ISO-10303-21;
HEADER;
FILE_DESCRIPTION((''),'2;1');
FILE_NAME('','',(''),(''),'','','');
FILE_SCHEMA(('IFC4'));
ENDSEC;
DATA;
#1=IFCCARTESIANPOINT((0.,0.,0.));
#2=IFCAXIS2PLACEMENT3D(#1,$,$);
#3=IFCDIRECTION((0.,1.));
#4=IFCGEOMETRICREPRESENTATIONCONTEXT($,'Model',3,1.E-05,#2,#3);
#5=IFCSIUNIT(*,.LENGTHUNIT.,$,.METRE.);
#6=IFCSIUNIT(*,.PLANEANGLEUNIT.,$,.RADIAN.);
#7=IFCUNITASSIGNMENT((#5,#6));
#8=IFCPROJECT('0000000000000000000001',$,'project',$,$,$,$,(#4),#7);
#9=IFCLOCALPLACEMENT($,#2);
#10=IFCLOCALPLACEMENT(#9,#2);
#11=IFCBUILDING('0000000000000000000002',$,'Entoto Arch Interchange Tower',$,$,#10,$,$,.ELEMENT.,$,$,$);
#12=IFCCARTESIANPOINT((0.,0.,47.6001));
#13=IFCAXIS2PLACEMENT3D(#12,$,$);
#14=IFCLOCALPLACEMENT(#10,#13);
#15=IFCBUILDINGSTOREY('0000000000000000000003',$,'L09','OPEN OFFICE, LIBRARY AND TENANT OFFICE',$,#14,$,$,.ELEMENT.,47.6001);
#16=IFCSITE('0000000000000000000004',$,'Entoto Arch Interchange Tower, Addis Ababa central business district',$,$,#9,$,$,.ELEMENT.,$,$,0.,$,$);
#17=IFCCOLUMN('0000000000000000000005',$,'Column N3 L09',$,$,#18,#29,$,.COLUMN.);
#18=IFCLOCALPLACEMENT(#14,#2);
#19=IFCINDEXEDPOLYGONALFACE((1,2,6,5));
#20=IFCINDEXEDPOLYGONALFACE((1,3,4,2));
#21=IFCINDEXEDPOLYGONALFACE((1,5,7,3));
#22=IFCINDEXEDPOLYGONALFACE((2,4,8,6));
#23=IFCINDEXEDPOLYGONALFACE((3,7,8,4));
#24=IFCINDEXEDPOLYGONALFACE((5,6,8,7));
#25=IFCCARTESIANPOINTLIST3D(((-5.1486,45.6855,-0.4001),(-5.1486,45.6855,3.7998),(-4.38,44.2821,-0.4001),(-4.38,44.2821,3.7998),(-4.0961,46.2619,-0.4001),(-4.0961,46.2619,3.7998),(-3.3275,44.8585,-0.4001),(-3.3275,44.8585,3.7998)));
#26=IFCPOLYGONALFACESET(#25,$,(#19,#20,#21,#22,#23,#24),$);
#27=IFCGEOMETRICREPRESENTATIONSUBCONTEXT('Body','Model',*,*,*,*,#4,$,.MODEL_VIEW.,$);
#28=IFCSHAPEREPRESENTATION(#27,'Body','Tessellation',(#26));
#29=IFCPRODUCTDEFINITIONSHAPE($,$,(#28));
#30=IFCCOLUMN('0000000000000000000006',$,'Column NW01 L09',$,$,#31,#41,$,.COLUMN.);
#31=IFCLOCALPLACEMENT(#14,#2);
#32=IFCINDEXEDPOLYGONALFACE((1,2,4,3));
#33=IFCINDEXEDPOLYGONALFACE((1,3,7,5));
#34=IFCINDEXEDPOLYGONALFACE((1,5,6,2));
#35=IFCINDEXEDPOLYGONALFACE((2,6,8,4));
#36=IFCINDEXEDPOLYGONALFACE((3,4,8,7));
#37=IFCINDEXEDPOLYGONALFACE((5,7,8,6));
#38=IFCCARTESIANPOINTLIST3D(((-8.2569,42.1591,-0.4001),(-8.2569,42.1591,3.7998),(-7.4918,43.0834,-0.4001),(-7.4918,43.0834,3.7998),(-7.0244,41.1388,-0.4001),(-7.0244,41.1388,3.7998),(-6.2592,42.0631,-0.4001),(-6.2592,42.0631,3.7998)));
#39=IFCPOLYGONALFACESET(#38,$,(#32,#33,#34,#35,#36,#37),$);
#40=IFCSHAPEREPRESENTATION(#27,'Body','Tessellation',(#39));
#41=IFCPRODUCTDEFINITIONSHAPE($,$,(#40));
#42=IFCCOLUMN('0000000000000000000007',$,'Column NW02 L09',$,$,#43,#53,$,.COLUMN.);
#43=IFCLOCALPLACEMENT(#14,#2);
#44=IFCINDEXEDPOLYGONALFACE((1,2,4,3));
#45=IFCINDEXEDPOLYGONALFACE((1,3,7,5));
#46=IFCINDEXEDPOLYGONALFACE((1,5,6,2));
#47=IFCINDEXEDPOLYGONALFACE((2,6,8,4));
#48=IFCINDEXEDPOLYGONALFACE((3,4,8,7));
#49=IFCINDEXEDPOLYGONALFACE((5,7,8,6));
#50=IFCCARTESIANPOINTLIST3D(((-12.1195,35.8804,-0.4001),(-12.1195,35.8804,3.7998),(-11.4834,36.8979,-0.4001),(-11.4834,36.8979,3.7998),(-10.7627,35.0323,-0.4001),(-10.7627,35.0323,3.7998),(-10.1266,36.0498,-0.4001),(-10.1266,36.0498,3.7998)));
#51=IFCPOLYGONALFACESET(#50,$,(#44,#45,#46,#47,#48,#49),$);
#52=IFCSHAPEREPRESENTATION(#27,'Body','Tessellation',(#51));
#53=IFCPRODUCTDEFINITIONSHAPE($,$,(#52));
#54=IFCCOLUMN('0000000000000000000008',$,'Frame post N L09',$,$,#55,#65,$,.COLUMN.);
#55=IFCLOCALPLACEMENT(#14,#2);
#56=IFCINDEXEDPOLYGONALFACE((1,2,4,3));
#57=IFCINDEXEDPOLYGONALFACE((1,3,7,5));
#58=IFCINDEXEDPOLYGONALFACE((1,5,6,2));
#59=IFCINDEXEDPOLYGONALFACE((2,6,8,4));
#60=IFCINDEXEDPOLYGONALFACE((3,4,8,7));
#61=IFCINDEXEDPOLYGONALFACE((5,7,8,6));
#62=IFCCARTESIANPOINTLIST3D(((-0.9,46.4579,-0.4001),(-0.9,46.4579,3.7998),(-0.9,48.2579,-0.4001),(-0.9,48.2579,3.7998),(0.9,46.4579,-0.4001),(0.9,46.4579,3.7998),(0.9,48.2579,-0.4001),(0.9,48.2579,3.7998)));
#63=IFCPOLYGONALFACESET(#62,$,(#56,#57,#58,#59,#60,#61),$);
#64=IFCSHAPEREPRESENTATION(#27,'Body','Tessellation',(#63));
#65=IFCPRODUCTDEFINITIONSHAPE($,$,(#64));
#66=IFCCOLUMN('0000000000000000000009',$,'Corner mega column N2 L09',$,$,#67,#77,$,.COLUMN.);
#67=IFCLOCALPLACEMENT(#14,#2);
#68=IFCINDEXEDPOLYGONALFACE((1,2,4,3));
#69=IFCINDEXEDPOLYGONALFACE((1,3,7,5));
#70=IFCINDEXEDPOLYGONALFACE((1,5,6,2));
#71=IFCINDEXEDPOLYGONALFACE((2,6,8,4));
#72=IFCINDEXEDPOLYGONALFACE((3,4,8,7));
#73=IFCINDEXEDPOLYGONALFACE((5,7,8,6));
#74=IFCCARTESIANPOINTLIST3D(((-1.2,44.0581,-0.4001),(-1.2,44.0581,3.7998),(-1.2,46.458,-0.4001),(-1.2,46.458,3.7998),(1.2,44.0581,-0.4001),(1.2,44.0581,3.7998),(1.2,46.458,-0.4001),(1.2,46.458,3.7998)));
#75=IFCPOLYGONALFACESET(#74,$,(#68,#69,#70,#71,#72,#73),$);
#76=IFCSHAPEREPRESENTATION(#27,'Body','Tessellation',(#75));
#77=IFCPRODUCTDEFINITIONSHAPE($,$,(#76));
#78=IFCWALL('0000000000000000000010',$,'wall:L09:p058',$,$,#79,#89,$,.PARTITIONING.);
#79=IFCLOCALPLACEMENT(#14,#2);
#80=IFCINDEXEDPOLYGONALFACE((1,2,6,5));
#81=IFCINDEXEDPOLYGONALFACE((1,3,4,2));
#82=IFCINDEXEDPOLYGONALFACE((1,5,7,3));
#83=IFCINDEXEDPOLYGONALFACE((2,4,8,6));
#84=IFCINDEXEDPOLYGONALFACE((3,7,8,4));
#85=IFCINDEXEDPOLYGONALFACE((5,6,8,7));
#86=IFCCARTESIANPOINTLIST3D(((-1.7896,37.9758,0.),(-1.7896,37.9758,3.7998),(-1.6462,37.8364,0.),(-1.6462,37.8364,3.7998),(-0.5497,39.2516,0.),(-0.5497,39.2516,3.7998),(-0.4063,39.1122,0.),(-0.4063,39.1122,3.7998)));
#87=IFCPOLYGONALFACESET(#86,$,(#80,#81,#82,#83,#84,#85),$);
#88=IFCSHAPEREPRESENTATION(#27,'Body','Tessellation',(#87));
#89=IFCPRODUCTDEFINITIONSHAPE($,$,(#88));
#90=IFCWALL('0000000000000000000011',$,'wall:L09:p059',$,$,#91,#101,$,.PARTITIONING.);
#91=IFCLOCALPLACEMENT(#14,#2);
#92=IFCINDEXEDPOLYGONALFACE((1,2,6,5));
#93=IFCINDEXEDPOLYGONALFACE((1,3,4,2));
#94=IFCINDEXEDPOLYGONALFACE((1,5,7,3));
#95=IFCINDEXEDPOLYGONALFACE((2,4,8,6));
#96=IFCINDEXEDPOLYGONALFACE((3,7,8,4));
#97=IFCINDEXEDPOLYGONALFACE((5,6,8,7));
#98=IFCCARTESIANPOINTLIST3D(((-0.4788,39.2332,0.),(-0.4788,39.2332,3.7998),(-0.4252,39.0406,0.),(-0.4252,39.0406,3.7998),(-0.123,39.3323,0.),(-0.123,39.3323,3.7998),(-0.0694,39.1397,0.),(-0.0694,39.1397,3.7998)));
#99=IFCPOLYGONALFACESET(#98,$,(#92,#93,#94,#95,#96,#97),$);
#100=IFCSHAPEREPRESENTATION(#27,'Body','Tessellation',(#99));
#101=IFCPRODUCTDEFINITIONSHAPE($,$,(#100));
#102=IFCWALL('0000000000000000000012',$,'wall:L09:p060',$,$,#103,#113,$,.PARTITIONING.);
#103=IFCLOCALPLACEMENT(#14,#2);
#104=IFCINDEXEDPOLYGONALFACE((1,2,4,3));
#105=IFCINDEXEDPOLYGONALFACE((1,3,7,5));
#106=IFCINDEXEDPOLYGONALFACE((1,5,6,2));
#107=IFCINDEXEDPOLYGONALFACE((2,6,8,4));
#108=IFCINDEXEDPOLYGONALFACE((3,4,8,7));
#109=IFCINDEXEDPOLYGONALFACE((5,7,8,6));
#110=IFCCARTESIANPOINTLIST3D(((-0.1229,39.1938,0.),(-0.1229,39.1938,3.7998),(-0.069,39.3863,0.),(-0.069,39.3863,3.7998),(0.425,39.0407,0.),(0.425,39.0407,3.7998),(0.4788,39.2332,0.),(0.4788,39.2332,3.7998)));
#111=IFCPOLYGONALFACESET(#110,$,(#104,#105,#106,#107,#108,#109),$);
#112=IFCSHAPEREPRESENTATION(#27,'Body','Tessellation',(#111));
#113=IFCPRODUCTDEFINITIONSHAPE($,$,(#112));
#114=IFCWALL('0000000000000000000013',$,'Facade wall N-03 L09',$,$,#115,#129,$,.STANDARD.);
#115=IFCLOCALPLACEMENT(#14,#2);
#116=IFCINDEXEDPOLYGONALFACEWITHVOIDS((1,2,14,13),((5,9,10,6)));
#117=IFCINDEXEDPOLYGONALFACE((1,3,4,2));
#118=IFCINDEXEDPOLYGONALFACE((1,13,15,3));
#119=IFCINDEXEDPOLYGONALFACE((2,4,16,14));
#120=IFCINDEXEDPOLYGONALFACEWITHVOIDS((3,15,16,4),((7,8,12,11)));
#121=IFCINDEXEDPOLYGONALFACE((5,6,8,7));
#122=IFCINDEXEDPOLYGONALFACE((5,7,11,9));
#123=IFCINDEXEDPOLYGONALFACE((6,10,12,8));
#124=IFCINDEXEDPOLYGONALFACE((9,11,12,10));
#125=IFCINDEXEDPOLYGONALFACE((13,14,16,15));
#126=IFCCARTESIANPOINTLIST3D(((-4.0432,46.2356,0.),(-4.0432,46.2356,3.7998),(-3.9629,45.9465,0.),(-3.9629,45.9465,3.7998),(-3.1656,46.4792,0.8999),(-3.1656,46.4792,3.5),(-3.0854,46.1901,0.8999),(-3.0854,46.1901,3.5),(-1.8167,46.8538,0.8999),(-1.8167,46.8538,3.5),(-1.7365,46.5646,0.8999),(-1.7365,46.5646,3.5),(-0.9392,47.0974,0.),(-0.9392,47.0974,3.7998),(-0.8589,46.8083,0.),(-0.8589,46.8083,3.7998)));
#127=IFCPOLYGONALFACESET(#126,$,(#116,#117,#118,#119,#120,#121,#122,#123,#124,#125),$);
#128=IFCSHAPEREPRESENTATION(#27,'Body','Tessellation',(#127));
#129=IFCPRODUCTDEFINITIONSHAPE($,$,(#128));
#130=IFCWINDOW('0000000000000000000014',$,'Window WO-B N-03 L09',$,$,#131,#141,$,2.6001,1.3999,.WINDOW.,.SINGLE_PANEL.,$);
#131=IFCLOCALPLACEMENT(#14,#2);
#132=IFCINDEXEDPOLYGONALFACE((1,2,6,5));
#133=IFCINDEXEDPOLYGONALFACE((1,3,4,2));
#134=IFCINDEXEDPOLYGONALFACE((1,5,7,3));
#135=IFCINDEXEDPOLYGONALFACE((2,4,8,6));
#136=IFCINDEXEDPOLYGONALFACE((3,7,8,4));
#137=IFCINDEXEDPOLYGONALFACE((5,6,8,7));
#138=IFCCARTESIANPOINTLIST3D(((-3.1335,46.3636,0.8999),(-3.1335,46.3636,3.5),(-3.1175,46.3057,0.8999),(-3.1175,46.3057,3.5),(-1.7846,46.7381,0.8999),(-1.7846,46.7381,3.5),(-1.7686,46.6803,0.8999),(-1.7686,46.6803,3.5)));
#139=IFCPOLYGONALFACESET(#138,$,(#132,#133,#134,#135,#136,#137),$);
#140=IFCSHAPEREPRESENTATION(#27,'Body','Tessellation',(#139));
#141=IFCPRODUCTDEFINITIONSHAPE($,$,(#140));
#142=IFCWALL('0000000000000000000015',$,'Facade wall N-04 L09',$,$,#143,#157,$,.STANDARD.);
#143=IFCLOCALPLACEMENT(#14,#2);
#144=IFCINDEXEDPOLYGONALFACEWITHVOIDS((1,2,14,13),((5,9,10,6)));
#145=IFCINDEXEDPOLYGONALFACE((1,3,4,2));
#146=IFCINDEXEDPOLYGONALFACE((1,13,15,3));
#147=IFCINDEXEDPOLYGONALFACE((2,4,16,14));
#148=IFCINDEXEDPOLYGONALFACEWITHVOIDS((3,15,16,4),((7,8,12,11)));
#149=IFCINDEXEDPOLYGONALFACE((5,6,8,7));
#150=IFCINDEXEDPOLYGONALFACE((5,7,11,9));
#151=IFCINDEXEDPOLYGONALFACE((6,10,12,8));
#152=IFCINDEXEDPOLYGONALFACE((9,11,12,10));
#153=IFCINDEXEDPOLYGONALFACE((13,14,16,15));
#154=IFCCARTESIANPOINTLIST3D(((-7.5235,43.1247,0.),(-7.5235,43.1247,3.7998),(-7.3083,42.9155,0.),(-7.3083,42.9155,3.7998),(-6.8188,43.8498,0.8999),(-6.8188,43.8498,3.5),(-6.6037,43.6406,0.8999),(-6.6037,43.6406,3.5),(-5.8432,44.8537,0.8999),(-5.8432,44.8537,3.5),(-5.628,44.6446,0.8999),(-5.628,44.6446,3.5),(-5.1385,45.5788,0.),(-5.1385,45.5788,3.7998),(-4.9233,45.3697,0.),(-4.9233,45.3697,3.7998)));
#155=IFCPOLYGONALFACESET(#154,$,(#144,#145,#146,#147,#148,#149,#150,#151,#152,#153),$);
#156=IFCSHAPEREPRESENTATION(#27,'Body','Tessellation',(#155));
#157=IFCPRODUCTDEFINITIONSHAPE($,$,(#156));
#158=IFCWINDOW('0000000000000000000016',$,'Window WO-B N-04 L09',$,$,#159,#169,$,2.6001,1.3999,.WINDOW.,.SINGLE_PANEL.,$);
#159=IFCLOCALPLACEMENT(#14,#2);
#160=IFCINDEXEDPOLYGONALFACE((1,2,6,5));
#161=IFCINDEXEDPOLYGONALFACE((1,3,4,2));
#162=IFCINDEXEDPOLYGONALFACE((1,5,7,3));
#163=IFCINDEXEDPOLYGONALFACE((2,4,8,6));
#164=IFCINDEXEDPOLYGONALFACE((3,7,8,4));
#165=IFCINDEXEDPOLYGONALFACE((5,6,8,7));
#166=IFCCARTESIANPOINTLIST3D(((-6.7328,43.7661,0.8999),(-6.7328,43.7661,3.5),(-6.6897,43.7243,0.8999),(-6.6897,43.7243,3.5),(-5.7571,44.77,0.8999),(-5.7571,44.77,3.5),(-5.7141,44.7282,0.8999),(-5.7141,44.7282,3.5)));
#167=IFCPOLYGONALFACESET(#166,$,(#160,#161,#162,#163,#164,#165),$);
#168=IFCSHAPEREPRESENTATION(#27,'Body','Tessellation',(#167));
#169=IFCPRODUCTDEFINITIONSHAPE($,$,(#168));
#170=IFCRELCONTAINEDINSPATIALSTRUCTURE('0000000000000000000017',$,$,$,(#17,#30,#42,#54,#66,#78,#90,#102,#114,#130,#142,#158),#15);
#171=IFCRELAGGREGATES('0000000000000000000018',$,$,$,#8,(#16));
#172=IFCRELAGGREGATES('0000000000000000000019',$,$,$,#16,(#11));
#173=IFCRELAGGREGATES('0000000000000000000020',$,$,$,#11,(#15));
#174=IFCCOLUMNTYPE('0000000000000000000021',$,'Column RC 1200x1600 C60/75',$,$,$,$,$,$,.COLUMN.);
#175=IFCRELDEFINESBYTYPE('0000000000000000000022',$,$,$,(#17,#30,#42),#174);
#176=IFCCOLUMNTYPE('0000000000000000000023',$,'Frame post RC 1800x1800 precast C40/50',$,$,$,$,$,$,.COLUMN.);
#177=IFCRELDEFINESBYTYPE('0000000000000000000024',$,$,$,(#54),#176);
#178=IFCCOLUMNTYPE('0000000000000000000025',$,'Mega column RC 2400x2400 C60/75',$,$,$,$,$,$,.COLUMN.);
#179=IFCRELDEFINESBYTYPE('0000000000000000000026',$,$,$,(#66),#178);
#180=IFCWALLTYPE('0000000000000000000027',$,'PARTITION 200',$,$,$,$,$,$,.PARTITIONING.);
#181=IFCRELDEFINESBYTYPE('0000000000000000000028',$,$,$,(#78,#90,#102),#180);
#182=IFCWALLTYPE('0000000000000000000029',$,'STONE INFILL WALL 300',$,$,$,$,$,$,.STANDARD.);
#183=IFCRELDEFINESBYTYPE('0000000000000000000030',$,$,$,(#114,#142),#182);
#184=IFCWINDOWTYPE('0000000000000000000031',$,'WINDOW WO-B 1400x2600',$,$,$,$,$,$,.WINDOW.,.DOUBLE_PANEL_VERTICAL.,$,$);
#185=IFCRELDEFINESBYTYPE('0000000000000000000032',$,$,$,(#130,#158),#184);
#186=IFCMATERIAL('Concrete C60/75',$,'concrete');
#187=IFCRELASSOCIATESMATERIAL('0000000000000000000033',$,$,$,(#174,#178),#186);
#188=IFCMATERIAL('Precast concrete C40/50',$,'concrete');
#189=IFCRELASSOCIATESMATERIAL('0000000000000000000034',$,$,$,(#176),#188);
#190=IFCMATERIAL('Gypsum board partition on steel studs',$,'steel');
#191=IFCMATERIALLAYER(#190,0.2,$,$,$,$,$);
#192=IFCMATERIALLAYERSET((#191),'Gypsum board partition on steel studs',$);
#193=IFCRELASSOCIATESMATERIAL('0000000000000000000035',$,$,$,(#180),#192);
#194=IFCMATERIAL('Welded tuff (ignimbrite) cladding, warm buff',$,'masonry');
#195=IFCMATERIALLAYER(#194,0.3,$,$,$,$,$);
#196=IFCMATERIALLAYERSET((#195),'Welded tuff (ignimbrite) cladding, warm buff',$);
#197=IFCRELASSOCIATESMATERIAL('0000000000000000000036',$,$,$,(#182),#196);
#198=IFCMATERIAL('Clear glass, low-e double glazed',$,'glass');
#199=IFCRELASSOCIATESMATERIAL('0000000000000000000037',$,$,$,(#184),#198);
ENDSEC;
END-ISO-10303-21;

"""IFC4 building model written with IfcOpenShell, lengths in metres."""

from ifc_helpers import new_model, si_unit, direction, frame, frame_2d, origin, origin_2d, place, context, subcontext, project, spatial, rectangle, extrude, material, layer, layer_set, material_profile, profile_set, type_object, element, fill, save


model = new_model("IFC4")

# Units and contexts
model_context = context("Model", 3, precision=1e-05, world=origin(), true_north=direction((0.0, 1.0)))
body_context = subcontext(model_context, "Body", "Model", "MODEL_VIEW")
ifc_project = project(units=[si_unit("LENGTHUNIT", "METRE"), si_unit("PLANEANGLEUNIT", "RADIAN")], contexts=[model_context])

# Site, building, storey
site_placement = place(None, origin())
site = spatial("IfcSite", under=ifc_project, at=site_placement, Name="Entoto Arch Interchange Tower, Addis Ababa central business district", CompositionType="ELEMENT", RefElevation=0.0)
building_placement = place(site_placement, origin())
building = spatial("IfcBuilding", under=site, at=building_placement, Name="Entoto Arch Interchange Tower", CompositionType="ELEMENT")
storey_placement = place(building_placement, frame((0.0, 0.0, 47.6001)))
storey = spatial("IfcBuildingStorey", under=building, at=storey_placement, Name="L09", Description="OPEN OFFICE, LIBRARY AND TENANT OFFICE", CompositionType="ELEMENT", Elevation=47.6001)

# Columns
ifc_material_1 = material(Name="Concrete C60/75", Category="concrete")
ifc_material_profile_1 = material_profile(ifc_material_1, rectangle(XDim=1.2, YDim=1.6001, at=origin_2d()))
ifc_profile_set_1 = profile_set([ifc_material_profile_1], Name="Concrete C60/75")
column_type_1 = type_object("IfcColumnType", Name="Column RC 1200x1600 C60/75", PredefinedType="COLUMN", material=ifc_profile_set_1)
for number, where, z_axis, x_axis, name in (
    (1, (-4.238, 45.272, -0.4001), (0.0, 0.0, 1.0), (0.877079, 0.480346, 0.0), "Column N3 L09"),
    (2, (-7.2581, 42.1111, -0.4001), (0.0, 0.0, 1.0), (0.637666, 0.770313, 0.0), "Column NW01 L09"),
    (3, (-11.123, 35.9651, -0.4001), (0.0, 0.0, 1.0), (0.530067, 0.847956, 0.0), "Column NW02 L09"),
):
    element("IfcColumn", number, at=place(storey_placement, frame(where, z_axis=z_axis, x_axis=x_axis)), inside=storey, type_object=column_type_1, Name=name, PredefinedType="COLUMN", context=body_context, shape_type="SweptSolid", body=[
        extrude(rectangle(XDim=1.2, YDim=1.6001, at=origin_2d()), origin(), (0.0, 0.0, 1.0), 4.2),
    ])
ifc_material_2 = material(Name="Precast concrete C40/50", Category="concrete")
ifc_material_profile_2 = material_profile(ifc_material_2, rectangle(XDim=1.8, YDim=1.8, at=origin_2d()))
ifc_profile_set_2 = profile_set([ifc_material_profile_2], Name="Precast concrete C40/50")
column_type_2 = type_object("IfcColumnType", Name="Frame post RC 1800x1800 precast C40/50", PredefinedType="COLUMN", material=ifc_profile_set_2)
column_1_placement = place(storey_placement, frame((0.0, 47.3579, -0.4001), z_axis=(0.0, 0.0, 1.0), x_axis=(0.0, 1.0, 0.0)))
element("IfcColumn", 4, at=column_1_placement, inside=storey, type_object=column_type_2, Name="Frame post N L09", PredefinedType="COLUMN", context=body_context, shape_type="SweptSolid", body=[
    extrude(rectangle(XDim=1.8, YDim=1.8, at=origin_2d()), origin(), (0.0, 0.0, 1.0), 4.2),
])
ifc_material_profile_3 = material_profile(ifc_material_1, rectangle(XDim=2.3999, YDim=2.3999, at=origin_2d()))
ifc_profile_set_3 = profile_set([ifc_material_profile_3], Name="Concrete C60/75")
column_type_3 = type_object("IfcColumnType", Name="Mega column RC 2400x2400 C60/75", PredefinedType="COLUMN", material=ifc_profile_set_3)
column_2_placement = place(storey_placement, frame((0.0, 45.2581, -0.4001), z_axis=(0.0, 0.0, 1.0), x_axis=(0.0, 1.0, 0.0)))
element("IfcColumn", 5, at=column_2_placement, inside=storey, type_object=column_type_3, Name="Corner mega column N2 L09", PredefinedType="COLUMN", context=body_context, shape_type="SweptSolid", body=[
    extrude(rectangle(XDim=2.3999, YDim=2.3999, at=origin_2d()), origin(), (0.0, 0.0, 1.0), 4.2),
])

# Walls
ifc_material_3 = material(Name="Gypsum board partition on steel studs", Category="steel")
ifc_layer_1 = layer(ifc_material_3, 0.2)
ifc_layer_set_1 = layer_set([ifc_layer_1], Name="Gypsum board partition on steel studs")
wall_type_1 = type_object("IfcWallType", Name="PARTITION 200", PredefinedType="PARTITIONING", material=ifc_layer_set_1)
wall_1_placement = place(storey_placement, frame((-1.718, 37.906, 0.0), z_axis=(0.0, 0.0, 1.0), x_axis=(0.696949, 0.717121, 0.0)))
element("IfcWall", 6, at=wall_1_placement, inside=storey, type_object=wall_type_1, Name="wall:L09:p058", PredefinedType="PARTITIONING", context=body_context, shape_type="SweptSolid", body=[
    extrude(rectangle(XDim=1.7791, YDim=0.2, at=frame_2d((0.8896, 0.0))), origin(), (0.0, 0.0, 1.0), 3.7998),
])
wall_2_placement = place(storey_placement, frame((-0.4519, 39.137, 0.0), z_axis=(0.0, 0.0, 1.0), x_axis=(0.963347, 0.268257, 0.0)))
element("IfcWall", 7, at=wall_2_placement, inside=storey, type_object=wall_type_1, Name="wall:L09:p059", PredefinedType="PARTITIONING", context=body_context, shape_type="SweptSolid", body=[
    extrude(rectangle(XDim=0.3694, YDim=0.2, at=frame_2d((0.1846, 0.0))), origin(), (0.0, 0.0, 1.0), 3.7998),
])
wall_3_placement = place(storey_placement, frame((-0.0959, 39.29, 0.0), z_axis=(0.0, 0.0, 1.0), x_axis=(0.963111, -0.269105, 0.0)))
element("IfcWall", 8, at=wall_3_placement, inside=storey, type_object=wall_type_1, Name="wall:L09:p060", PredefinedType="PARTITIONING", context=body_context, shape_type="SweptSolid", body=[
    extrude(rectangle(XDim=0.5688, YDim=0.2, at=frame_2d((0.2844, 0.0))), origin(), (0.0, 0.0, 1.0), 3.7998),
])

# Walls, openings, windows
ifc_material_4 = material(Name="Welded tuff (ignimbrite) cladding, warm buff", Category="masonry")
ifc_layer_2 = layer(ifc_material_4, 0.3)
ifc_layer_set_2 = layer_set([ifc_layer_2], Name="Welded tuff (ignimbrite) cladding, warm buff")
wall_type_2 = type_object("IfcWallType", Name="STONE INFILL WALL 300", PredefinedType="STANDARD", material=ifc_layer_set_2)
wall_4_placement = place(storey_placement, frame((-0.8989, 46.9529, 0.0), z_axis=(0.0, 0.0, 1.0), x_axis=(-0.96355, -0.267527, 0.0)))
wall_4 = element("IfcWall", 9, at=wall_4_placement, inside=storey, type_object=wall_type_2, Name="Facade wall N-03 L09", PredefinedType="STANDARD", context=body_context, shape_type="SweptSolid", body=[
    extrude(rectangle(XDim=3.2214, YDim=0.3, at=frame_2d((1.6108, 0.0))), origin(), (0.0, 0.0, 1.0), 3.7998),
])
opening_1_placement = place(wall_4_placement, frame((0.9109, 0.0, 0.8999)))
opening_1 = element("IfcOpeningElement", 10, at=opening_1_placement, cuts=wall_4, PredefinedType="OPENING", context=body_context, shape_type="SweptSolid", body=[
    extrude(rectangle(XDim=1.3999, YDim=2.6001, at=frame_2d((0.7, 1.3))), frame((0.0, 0.1602, 0.0), z_axis=(0.0, -1.0, 0.0), x_axis=(1.0, 0.0, 0.0)), (0.0, 0.0, 1.0), 0.3201),
])
ifc_material_5 = material(Name="Clear glass, low-e double glazed", Category="glass")
window_type_1 = type_object("IfcWindowType", Name="WINDOW WO-B 1400x2600", PartitioningType="DOUBLE_PANEL_VERTICAL", PredefinedType="WINDOW", material=ifc_material_5)
window_1_placement = place(opening_1_placement, origin())
window_1 = element("IfcWindow", 11, at=window_1_placement, inside=storey, type_object=window_type_1, Name="Window WO-B N-03 L09", OverallHeight=2.6001, OverallWidth=1.3999, PartitioningType="SINGLE_PANEL", PredefinedType="WINDOW", context=body_context, shape_type="SweptSolid", body=[
    extrude(rectangle(XDim=1.3999, YDim=2.6001, at=frame_2d((0.7, 1.3))), frame((0.0, 0.03, 0.0), z_axis=(0.0, -1.0, 0.0), x_axis=(1.0, 0.0, 0.0)), (0.0, 0.0, 1.0), 0.0601),
])
fill(opening_1, window_1)
wall_5_placement = place(storey_placement, frame((-5.031, 45.4741, 0.0), z_axis=(0.0, 0.0, 1.0), x_axis=(-0.69694, -0.71713, 0.0)))
wall_5 = element("IfcWall", 12, at=wall_5_placement, inside=storey, type_object=wall_type_2, Name="Facade wall N-04 L09", PredefinedType="STANDARD", context=body_context, shape_type="SweptSolid", body=[
    extrude(rectangle(XDim=3.4221, YDim=0.3, at=frame_2d((1.7109, 0.0))), origin(), (0.0, 0.0, 1.0), 3.7998),
])
opening_2_placement = place(wall_5_placement, frame((1.011, 0.0, 0.8999)))
opening_2 = element("IfcOpeningElement", 13, at=opening_2_placement, cuts=wall_5, PredefinedType="OPENING", context=body_context, shape_type="SweptSolid", body=[
    extrude(rectangle(XDim=1.3999, YDim=2.6001, at=frame_2d((0.7, 1.3))), frame((0.0, 0.1602, 0.0), z_axis=(0.0, -1.0, 0.0), x_axis=(1.0, 0.0, 0.0)), (0.0, 0.0, 1.0), 0.3201),
])
window_2_placement = place(opening_2_placement, origin())
window_2 = element("IfcWindow", 14, at=window_2_placement, inside=storey, type_object=window_type_1, Name="Window WO-B N-04 L09", OverallHeight=2.6001, OverallWidth=1.3999, PartitioningType="SINGLE_PANEL", PredefinedType="WINDOW", context=body_context, shape_type="SweptSolid", body=[
    extrude(rectangle(XDim=1.3999, YDim=2.6001, at=frame_2d((0.7, 1.3))), frame((0.0, 0.03, 0.0), z_axis=(0.0, -1.0, 0.0), x_axis=(1.0, 0.0, 0.0)), (0.0, 0.0, 1.0), 0.0601),
])
fill(opening_2, window_2)

save(model, "model.ifc")
